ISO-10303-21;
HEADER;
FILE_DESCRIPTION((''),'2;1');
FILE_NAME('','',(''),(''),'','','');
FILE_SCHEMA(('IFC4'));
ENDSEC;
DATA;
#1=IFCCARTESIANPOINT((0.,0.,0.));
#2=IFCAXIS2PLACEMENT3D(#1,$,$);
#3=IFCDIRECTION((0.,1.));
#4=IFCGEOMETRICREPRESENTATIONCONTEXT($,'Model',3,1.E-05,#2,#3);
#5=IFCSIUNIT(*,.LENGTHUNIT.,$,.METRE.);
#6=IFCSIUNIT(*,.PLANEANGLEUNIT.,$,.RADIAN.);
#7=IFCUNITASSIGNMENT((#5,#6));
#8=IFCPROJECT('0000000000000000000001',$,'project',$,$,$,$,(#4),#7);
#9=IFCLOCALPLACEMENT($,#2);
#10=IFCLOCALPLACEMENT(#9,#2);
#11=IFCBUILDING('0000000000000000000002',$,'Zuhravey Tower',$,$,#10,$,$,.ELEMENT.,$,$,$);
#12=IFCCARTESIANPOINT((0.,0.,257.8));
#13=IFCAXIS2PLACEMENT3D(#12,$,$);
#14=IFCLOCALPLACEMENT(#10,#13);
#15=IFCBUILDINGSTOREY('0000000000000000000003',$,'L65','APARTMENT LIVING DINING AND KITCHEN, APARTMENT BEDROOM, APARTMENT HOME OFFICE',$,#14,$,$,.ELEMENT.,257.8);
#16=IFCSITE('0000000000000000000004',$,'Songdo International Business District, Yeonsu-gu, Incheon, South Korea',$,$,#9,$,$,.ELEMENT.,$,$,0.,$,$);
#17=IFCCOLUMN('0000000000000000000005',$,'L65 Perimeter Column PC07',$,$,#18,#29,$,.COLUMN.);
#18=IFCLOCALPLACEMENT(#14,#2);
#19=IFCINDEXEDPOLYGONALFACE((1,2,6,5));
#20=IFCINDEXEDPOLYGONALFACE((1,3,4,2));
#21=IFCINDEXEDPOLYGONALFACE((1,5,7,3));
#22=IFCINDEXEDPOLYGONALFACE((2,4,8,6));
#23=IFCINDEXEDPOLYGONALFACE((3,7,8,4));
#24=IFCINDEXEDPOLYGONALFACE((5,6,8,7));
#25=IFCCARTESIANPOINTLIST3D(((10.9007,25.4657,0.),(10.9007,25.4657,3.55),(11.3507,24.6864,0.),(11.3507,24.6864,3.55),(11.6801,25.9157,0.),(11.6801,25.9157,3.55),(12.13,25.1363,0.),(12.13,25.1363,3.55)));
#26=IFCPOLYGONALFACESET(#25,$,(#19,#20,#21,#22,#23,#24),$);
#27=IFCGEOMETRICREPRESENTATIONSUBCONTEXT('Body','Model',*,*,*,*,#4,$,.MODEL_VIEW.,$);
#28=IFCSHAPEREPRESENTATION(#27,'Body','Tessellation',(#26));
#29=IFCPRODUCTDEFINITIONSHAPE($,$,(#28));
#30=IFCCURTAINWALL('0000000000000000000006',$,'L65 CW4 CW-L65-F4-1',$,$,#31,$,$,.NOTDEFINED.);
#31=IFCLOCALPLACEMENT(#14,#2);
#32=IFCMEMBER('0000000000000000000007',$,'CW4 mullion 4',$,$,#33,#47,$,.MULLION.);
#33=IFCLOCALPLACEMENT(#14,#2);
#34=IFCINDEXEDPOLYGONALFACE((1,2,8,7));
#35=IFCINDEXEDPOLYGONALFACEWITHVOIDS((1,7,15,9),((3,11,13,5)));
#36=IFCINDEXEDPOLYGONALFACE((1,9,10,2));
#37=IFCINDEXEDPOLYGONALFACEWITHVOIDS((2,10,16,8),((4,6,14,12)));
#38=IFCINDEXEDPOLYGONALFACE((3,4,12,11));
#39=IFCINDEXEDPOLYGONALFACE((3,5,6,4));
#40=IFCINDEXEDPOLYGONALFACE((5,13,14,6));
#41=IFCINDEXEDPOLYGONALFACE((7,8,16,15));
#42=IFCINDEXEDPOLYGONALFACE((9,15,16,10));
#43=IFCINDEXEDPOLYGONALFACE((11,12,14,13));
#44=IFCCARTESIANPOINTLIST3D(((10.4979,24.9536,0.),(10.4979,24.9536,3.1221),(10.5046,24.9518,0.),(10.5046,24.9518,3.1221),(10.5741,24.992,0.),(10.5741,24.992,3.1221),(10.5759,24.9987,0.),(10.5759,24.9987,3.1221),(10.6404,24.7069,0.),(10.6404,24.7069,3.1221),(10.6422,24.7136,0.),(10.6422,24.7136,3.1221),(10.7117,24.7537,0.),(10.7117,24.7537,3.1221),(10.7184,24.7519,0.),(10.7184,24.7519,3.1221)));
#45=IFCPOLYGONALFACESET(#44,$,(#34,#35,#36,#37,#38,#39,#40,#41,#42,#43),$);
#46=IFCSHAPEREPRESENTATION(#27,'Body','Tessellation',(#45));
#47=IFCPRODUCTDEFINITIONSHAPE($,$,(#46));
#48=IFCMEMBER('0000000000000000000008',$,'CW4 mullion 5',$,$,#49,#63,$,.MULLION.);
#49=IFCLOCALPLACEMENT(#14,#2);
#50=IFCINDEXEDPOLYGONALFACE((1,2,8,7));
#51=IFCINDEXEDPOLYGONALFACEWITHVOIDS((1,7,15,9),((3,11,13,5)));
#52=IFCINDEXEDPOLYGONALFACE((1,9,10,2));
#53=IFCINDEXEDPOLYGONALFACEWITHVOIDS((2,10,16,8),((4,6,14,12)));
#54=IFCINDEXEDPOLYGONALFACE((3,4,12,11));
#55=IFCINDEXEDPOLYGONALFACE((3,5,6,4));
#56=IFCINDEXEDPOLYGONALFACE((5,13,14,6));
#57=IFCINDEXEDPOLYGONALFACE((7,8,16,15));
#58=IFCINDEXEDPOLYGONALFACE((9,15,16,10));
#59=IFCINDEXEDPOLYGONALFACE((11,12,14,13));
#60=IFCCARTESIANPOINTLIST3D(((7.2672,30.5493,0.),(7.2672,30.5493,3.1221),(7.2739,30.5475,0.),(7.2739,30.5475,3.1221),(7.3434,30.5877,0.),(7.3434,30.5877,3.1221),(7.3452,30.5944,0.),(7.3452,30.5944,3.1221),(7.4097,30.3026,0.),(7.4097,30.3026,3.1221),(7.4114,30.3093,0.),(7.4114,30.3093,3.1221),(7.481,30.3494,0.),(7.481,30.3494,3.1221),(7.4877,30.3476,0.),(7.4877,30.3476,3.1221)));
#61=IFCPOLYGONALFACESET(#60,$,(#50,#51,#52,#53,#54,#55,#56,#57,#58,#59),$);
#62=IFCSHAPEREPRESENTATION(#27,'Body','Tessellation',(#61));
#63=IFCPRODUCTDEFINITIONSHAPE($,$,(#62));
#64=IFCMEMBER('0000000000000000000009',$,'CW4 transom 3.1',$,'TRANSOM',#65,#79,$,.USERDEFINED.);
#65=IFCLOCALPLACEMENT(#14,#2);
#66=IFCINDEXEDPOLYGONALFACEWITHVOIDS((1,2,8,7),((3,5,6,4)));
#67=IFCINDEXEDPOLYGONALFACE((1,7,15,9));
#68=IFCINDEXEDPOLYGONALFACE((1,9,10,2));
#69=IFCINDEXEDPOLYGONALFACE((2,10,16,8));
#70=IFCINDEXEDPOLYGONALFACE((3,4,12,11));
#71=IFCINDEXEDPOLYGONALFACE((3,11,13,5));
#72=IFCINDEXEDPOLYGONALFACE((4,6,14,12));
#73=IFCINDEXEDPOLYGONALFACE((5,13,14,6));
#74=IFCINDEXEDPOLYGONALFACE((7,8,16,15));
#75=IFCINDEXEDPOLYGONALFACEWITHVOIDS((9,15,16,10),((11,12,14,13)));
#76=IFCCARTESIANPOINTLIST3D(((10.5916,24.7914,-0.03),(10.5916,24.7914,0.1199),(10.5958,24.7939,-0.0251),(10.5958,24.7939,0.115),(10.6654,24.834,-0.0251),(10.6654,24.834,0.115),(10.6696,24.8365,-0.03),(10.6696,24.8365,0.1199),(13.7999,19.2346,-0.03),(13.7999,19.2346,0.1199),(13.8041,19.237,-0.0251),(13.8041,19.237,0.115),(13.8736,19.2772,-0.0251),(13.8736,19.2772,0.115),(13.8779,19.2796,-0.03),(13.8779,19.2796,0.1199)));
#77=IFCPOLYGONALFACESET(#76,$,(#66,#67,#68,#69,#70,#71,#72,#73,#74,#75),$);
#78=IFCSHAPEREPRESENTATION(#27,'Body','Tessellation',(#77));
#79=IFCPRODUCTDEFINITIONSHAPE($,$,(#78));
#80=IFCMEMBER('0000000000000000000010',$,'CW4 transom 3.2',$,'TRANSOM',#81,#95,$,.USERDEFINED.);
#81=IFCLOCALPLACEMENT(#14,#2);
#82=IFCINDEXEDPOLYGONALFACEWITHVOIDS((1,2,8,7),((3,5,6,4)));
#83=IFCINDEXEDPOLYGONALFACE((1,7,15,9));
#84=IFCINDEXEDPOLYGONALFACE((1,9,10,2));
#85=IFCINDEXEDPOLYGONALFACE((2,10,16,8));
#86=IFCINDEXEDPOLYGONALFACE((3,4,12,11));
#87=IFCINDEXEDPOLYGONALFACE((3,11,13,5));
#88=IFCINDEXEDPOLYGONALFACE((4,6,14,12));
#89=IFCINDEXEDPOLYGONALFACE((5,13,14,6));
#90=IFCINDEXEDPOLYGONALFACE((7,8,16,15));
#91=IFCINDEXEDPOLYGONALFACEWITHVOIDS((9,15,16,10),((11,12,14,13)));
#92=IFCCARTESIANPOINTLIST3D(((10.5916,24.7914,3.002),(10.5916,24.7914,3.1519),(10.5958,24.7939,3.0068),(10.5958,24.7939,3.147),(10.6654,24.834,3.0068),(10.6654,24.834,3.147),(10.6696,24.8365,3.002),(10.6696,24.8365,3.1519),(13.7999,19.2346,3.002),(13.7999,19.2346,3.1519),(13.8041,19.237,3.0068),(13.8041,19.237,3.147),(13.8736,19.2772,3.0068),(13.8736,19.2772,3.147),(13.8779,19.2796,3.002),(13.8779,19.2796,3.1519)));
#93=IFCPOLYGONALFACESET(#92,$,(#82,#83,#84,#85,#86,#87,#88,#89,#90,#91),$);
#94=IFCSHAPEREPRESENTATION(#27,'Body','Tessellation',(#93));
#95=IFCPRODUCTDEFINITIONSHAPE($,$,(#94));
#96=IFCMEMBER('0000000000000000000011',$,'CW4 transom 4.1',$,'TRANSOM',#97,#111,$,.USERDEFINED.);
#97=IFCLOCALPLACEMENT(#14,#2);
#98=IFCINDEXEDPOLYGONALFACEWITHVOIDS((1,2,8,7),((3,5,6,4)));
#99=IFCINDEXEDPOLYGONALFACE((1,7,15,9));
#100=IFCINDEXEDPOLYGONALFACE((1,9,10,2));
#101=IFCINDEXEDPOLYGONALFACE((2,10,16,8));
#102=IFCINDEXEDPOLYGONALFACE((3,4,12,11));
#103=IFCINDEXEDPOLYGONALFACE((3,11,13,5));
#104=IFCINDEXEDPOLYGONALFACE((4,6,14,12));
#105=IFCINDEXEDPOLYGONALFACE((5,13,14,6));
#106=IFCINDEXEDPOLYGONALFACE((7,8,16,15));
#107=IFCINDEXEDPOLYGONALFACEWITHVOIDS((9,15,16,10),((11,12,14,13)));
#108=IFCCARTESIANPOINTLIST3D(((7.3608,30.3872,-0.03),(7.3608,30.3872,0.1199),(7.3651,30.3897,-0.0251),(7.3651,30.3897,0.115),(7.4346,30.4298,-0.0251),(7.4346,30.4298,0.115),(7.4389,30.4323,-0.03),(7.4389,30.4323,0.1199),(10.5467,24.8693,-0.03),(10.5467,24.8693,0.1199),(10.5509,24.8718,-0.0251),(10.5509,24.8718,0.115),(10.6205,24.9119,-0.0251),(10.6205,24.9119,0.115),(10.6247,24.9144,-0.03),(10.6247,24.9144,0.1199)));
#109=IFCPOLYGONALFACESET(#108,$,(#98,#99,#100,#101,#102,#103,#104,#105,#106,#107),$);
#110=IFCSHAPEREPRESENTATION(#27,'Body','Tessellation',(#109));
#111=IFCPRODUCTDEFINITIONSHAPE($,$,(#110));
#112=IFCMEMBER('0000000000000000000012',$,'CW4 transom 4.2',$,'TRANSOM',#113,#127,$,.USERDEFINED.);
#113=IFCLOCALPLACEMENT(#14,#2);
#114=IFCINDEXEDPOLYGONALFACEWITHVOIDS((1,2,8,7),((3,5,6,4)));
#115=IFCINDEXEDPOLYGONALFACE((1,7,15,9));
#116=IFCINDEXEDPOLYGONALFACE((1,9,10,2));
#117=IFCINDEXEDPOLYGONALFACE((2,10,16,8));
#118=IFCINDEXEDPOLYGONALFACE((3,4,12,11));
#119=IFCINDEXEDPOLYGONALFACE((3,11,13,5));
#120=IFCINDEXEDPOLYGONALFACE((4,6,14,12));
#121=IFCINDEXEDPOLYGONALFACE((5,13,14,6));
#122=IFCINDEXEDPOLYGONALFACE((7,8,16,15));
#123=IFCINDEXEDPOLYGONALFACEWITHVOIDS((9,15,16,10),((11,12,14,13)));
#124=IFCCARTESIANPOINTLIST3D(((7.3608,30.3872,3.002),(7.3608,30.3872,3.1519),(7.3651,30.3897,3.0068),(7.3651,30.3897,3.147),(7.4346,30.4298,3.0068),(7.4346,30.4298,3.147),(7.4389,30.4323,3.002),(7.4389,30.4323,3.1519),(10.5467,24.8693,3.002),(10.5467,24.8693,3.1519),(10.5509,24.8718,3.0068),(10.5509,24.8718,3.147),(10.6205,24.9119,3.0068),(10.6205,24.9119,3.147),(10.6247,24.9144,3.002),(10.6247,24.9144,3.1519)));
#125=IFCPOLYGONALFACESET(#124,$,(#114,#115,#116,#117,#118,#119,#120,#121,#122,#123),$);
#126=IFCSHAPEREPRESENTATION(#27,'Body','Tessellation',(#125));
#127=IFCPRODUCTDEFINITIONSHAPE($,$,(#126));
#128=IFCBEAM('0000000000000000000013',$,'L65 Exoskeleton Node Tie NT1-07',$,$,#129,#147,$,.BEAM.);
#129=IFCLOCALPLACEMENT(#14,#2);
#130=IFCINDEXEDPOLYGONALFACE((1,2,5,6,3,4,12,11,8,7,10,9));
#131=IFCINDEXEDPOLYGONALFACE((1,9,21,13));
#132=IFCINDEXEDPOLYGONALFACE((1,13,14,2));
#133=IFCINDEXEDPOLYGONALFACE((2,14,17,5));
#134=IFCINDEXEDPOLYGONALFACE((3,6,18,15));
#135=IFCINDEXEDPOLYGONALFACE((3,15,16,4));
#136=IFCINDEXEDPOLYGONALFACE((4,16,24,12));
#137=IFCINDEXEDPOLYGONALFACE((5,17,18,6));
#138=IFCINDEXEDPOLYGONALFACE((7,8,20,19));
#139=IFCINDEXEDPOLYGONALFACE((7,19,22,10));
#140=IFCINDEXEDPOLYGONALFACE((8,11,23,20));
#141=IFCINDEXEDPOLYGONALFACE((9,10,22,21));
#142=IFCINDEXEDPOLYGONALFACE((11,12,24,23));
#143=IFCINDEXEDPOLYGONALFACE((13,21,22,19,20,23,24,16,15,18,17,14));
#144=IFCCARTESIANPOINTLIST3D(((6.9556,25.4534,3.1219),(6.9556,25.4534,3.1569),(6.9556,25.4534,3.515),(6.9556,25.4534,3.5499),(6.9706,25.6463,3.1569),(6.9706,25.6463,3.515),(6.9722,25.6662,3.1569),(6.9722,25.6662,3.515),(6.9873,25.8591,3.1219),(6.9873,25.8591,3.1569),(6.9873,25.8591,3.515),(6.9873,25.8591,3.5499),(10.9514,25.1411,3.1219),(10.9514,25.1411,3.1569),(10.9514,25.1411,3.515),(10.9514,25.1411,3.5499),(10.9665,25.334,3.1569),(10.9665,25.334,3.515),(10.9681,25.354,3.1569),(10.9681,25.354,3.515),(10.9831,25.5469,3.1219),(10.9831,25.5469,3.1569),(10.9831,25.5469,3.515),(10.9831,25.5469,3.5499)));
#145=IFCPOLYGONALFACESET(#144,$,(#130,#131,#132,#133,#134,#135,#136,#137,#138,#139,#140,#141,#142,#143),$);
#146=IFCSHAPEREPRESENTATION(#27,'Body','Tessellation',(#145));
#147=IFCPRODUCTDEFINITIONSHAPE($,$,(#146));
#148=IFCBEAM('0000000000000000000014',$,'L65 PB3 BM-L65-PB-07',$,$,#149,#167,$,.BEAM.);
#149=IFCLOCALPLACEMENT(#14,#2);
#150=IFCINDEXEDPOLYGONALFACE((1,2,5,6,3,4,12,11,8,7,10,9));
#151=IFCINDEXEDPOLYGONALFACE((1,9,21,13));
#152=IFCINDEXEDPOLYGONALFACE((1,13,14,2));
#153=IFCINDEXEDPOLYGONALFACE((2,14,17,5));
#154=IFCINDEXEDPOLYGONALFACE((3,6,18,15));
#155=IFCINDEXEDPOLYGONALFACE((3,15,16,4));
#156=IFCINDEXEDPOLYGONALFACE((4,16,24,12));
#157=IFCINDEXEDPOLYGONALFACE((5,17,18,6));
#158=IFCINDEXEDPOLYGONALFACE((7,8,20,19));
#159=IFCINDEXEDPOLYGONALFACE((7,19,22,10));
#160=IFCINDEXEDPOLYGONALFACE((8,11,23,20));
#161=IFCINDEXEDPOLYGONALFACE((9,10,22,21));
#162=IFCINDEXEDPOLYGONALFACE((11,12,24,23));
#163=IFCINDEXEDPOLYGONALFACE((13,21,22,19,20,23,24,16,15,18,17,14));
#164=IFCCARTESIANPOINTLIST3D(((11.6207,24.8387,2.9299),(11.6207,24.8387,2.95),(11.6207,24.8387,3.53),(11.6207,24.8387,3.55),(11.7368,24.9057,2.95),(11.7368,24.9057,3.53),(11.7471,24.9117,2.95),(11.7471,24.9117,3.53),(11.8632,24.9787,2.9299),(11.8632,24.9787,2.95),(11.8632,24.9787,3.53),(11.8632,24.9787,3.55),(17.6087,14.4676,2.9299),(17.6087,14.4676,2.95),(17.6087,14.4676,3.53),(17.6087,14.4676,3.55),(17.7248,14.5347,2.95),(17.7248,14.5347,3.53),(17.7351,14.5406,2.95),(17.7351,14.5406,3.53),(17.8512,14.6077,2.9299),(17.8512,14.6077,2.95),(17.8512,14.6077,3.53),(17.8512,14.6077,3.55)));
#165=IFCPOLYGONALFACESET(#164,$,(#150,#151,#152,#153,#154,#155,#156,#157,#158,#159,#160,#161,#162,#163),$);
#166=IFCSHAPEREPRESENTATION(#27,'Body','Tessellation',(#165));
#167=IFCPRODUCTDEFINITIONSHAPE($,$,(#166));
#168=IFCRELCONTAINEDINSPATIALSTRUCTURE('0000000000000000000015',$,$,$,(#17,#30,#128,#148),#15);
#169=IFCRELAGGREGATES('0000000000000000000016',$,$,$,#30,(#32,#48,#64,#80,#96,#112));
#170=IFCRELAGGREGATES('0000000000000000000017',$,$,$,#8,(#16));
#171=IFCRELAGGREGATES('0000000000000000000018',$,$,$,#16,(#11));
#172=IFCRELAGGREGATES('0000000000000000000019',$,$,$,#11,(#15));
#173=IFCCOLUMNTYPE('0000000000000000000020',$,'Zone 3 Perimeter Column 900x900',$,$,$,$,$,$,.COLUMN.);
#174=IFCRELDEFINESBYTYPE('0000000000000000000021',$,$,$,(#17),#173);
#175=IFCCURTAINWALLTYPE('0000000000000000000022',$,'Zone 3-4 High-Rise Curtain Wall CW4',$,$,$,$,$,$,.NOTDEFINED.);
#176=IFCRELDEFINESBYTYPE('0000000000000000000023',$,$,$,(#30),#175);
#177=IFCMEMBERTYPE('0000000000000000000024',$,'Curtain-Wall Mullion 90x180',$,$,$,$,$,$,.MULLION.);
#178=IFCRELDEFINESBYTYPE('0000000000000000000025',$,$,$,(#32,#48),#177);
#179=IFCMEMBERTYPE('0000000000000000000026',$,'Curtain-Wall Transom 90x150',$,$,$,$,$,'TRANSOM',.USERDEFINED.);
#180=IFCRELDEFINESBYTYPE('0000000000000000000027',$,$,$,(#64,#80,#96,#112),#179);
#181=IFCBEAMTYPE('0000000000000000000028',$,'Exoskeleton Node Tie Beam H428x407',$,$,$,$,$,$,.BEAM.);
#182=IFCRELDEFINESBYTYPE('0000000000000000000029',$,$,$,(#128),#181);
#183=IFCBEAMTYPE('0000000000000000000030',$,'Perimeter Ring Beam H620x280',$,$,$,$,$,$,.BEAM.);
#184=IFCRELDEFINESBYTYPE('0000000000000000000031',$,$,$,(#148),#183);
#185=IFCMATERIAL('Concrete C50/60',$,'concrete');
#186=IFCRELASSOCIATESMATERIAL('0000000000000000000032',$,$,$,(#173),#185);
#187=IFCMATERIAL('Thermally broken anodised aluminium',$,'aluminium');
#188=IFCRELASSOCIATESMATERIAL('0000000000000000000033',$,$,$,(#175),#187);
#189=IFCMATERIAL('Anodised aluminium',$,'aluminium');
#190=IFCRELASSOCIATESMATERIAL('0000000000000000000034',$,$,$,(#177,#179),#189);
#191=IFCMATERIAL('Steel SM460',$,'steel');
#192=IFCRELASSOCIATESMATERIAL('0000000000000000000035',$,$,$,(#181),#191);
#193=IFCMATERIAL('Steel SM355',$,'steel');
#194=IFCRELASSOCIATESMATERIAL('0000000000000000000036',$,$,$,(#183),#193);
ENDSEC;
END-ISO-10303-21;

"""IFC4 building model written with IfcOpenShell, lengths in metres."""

from ifc_helpers import new_model, si_unit, direction, frame, origin, origin_2d, place, context, subcontext, project, spatial, rectangle, hollow_rectangle, i_section, extrude, material, material_profile, profile_set, type_object, element, aggregate, save


model = new_model("IFC4")

# Units and contexts
model_context = context("Model", 3, precision=1e-05, world=origin(), true_north=direction((0.0, 1.0)))
body_context = subcontext(model_context, "Body", "Model", "MODEL_VIEW")
ifc_project = project(units=[si_unit("LENGTHUNIT", "METRE"), si_unit("PLANEANGLEUNIT", "RADIAN")], contexts=[model_context])

# Site, building, storey
site_placement = place(None, origin())
site = spatial("IfcSite", under=ifc_project, at=site_placement, Name="Songdo International Business District, Yeonsu-gu, Incheon, South Korea", CompositionType="ELEMENT", RefElevation=0.0)
building_placement = place(site_placement, origin())
building = spatial("IfcBuilding", under=site, at=building_placement, Name="Zuhravey Tower", CompositionType="ELEMENT")
storey_placement = place(building_placement, frame((0.0, 0.0, 257.8)))
storey = spatial("IfcBuildingStorey", under=building, at=storey_placement, Name="L65", Description="APARTMENT LIVING DINING AND KITCHEN, APARTMENT BEDROOM, APARTMENT HOME OFFICE", CompositionType="ELEMENT", Elevation=257.8)

# Column
ifc_material_1 = material(Name="Concrete C50/60", Category="concrete")
ifc_material_profile_1 = material_profile(ifc_material_1, rectangle(XDim=0.8999, YDim=0.8999, at=origin_2d()), Name="RC-900x900")
ifc_profile_set_1 = profile_set([ifc_material_profile_1], Name="Concrete C50/60")
column_type = type_object("IfcColumnType", Name="Zone 3 Perimeter Column 900x900", PredefinedType="COLUMN", material=ifc_profile_set_1)
column_placement = place(storey_placement, frame((11.5154, 25.301, 0.0), z_axis=(0.0, 0.0, 1.0), x_axis=(0.5, -0.866025, 0.0)))
element("IfcColumn", 1, at=column_placement, inside=storey, type_object=column_type, Name="L65 Perimeter Column PC07", PredefinedType="COLUMN", context=body_context, shape_type="SweptSolid", body=[
    extrude(rectangle(XDim=0.8999, YDim=0.8999, at=origin_2d()), origin(), (0.0, 0.0, 1.0), 3.55),
])

# Curtain wall, members
ifc_material_2 = material(Name="Thermally broken anodised aluminium", Category="aluminium")
curtain_wall_type = type_object("IfcCurtainWallType", Name="Zone 3-4 High-Rise Curtain Wall CW4", PredefinedType="NOTDEFINED", material=ifc_material_2)
curtain_wall_placement = place(storey_placement, origin())
curtain_wall = element("IfcCurtainWall", 2, at=curtain_wall_placement, inside=storey, type_object=curtain_wall_type, Name="L65 CW4 CW-L65-F4-1", PredefinedType="NOTDEFINED")
ifc_material_3 = material(Name="Anodised aluminium", Category="aluminium")
ifc_material_profile_2 = material_profile(ifc_material_3, hollow_rectangle(XDim=0.0901, YDim=0.2849, WallThickness=0.0049, at=origin_2d()), Name="ALU-RHS-90x285x5")
ifc_profile_set_2 = profile_set([ifc_material_profile_2], Name="Anodised aluminium")
member_type_1 = type_object("IfcMemberType", Name="Curtain-Wall Mullion 90x180", PredefinedType="MULLION", material=ifc_profile_set_2)
member_1_placement = place(storey_placement, frame((10.6082, 24.8528, 0.0), z_axis=(0.0, 0.0, 1.0), x_axis=(-0.866025, -0.500001, 0.0)))
member_1 = element("IfcMember", 3, at=member_1_placement, type_object=member_type_1, Name="CW4 mullion 4", PredefinedType="MULLION", context=body_context, shape_type="SweptSolid", body=[
    extrude(hollow_rectangle(XDim=0.0901, YDim=0.2849, WallThickness=0.0049, at=origin_2d()), origin(), (0.0, 0.0, 1.0), 3.1221),
])
member_2_placement = place(storey_placement, frame((7.3774, 30.4485, 0.0), z_axis=(0.0, 0.0, 1.0), x_axis=(-0.866025, -0.500001, 0.0)))
member_2 = element("IfcMember", 4, at=member_2_placement, type_object=member_type_1, Name="CW4 mullion 5", PredefinedType="MULLION", context=body_context, shape_type="SweptSolid", body=[
    extrude(hollow_rectangle(XDim=0.0901, YDim=0.2849, WallThickness=0.0049, at=origin_2d()), origin(), (0.0, 0.0, 1.0), 3.1221),
])
ifc_material_profile_3 = material_profile(ifc_material_3, hollow_rectangle(XDim=0.0901, YDim=0.1499, WallThickness=0.0049, at=origin_2d()), Name="ALU-RHS-90x150x5")
ifc_profile_set_3 = profile_set([ifc_material_profile_3], Name="Anodised aluminium")
member_type_2 = type_object("IfcMemberType", Name="Curtain-Wall Transom 90x150", ElementType="TRANSOM", PredefinedType="USERDEFINED", material=ifc_profile_set_3)
member_3_placement = place(storey_placement, frame((13.8389, 19.2571, 0.0449), z_axis=(-0.499998, 0.866027, 0.0), x_axis=(-0.866027, -0.499998, 0.0)))
member_3 = element("IfcMember", 5, at=member_3_placement, type_object=member_type_2, Name="CW4 transom 3.1", ObjectType="TRANSOM", PredefinedType="USERDEFINED", context=body_context, shape_type="SweptSolid", body=[
    extrude(hollow_rectangle(XDim=0.0901, YDim=0.1499, WallThickness=0.0049, at=origin_2d()), origin(), (0.0, 0.0, 1.0), 6.4165),
])
member_4_placement = place(storey_placement, frame((13.8389, 19.2571, 3.0769), z_axis=(-0.499998, 0.866027, 0.0), x_axis=(-0.866027, -0.499998, 0.0)))
member_4 = element("IfcMember", 6, at=member_4_placement, type_object=member_type_2, Name="CW4 transom 3.2", ObjectType="TRANSOM", PredefinedType="USERDEFINED", context=body_context, shape_type="SweptSolid", body=[
    extrude(hollow_rectangle(XDim=0.0901, YDim=0.1499, WallThickness=0.0049, at=origin_2d()), origin(), (0.0, 0.0, 1.0), 6.4165),
])
member_5_placement = place(storey_placement, frame((10.5857, 24.8918, 0.0449), z_axis=(-0.500009, 0.86602, 0.0), x_axis=(-0.86602, -0.500009, 0.0)))
member_5 = element("IfcMember", 7, at=member_5_placement, type_object=member_type_2, Name="CW4 transom 4.1", ObjectType="TRANSOM", PredefinedType="USERDEFINED", context=body_context, shape_type="SweptSolid", body=[
    extrude(hollow_rectangle(XDim=0.0901, YDim=0.1499, WallThickness=0.0049, at=origin_2d()), origin(), (0.0, 0.0, 1.0), 6.3716),
])
member_6_placement = place(storey_placement, frame((10.5857, 24.8918, 3.0769), z_axis=(-0.500009, 0.86602, 0.0), x_axis=(-0.86602, -0.500009, 0.0)))
member_6 = element("IfcMember", 8, at=member_6_placement, type_object=member_type_2, Name="CW4 transom 4.2", ObjectType="TRANSOM", PredefinedType="USERDEFINED", context=body_context, shape_type="SweptSolid", body=[
    extrude(hollow_rectangle(XDim=0.0901, YDim=0.1499, WallThickness=0.0049, at=origin_2d()), origin(), (0.0, 0.0, 1.0), 6.3716),
])

# Beams
ifc_material_4 = material(Name="Steel SM460", Category="steel")
ifc_material_profile_4 = material_profile(ifc_material_4, i_section(OverallWidth=0.407, OverallDepth=0.428, WebThickness=0.02, FlangeThickness=0.0349, at=origin_2d()), Name="H-428x407x20x35")
ifc_profile_set_4 = profile_set([ifc_material_profile_4], Name="Steel SM460")
beam_type_1 = type_object("IfcBeamType", Name="Exoskeleton Node Tie Beam H428x407", PredefinedType="BEAM", material=ifc_profile_set_4)
beam_1_placement = place(storey_placement, frame((10.9673, 25.344, 3.3359), z_axis=(-0.996961, 0.077908, 0.0), x_axis=(-0.077908, -0.996961, 0.0)))
element("IfcBeam", 9, at=beam_1_placement, inside=storey, type_object=beam_type_1, Name="L65 Exoskeleton Node Tie NT1-07", PredefinedType="BEAM", context=body_context, shape_type="SweptSolid", body=[
    extrude(i_section(OverallWidth=0.407, OverallDepth=0.428, WebThickness=0.02, FlangeThickness=0.0349, at=origin_2d()), origin(), (0.0, 0.0, 1.0), 4.0081),
])
ifc_material_5 = material(Name="Steel SM355", Category="steel")
ifc_material_profile_5 = material_profile(ifc_material_5, i_section(OverallWidth=0.28, OverallDepth=0.6201, WebThickness=0.012, FlangeThickness=0.02, at=origin_2d()), Name="H-620x280x12x20")
ifc_profile_set_5 = profile_set([ifc_material_profile_5], Name="Steel SM355")
beam_type_2 = type_object("IfcBeamType", Name="Perimeter Ring Beam H620x280", PredefinedType="BEAM", material=ifc_profile_set_5)
beam_2_placement = place(storey_placement, frame((11.7419, 24.9087, 3.24), z_axis=(0.500018, -0.866015, 0.0), x_axis=(0.866015, 0.500018, 0.0)))
element("IfcBeam", 10, at=beam_2_placement, inside=storey, type_object=beam_type_2, Name="L65 PB3 BM-L65-PB-07", PredefinedType="BEAM", context=body_context, shape_type="SweptSolid", body=[
    extrude(i_section(OverallWidth=0.28, OverallDepth=0.6201, WebThickness=0.012, FlangeThickness=0.02, at=origin_2d()), origin(), (0.0, 0.0, 1.0), 11.9756),
])

aggregate(curtain_wall, [member_1, member_2, member_3, member_4, member_5, member_6])

save(model, "model.ifc")
